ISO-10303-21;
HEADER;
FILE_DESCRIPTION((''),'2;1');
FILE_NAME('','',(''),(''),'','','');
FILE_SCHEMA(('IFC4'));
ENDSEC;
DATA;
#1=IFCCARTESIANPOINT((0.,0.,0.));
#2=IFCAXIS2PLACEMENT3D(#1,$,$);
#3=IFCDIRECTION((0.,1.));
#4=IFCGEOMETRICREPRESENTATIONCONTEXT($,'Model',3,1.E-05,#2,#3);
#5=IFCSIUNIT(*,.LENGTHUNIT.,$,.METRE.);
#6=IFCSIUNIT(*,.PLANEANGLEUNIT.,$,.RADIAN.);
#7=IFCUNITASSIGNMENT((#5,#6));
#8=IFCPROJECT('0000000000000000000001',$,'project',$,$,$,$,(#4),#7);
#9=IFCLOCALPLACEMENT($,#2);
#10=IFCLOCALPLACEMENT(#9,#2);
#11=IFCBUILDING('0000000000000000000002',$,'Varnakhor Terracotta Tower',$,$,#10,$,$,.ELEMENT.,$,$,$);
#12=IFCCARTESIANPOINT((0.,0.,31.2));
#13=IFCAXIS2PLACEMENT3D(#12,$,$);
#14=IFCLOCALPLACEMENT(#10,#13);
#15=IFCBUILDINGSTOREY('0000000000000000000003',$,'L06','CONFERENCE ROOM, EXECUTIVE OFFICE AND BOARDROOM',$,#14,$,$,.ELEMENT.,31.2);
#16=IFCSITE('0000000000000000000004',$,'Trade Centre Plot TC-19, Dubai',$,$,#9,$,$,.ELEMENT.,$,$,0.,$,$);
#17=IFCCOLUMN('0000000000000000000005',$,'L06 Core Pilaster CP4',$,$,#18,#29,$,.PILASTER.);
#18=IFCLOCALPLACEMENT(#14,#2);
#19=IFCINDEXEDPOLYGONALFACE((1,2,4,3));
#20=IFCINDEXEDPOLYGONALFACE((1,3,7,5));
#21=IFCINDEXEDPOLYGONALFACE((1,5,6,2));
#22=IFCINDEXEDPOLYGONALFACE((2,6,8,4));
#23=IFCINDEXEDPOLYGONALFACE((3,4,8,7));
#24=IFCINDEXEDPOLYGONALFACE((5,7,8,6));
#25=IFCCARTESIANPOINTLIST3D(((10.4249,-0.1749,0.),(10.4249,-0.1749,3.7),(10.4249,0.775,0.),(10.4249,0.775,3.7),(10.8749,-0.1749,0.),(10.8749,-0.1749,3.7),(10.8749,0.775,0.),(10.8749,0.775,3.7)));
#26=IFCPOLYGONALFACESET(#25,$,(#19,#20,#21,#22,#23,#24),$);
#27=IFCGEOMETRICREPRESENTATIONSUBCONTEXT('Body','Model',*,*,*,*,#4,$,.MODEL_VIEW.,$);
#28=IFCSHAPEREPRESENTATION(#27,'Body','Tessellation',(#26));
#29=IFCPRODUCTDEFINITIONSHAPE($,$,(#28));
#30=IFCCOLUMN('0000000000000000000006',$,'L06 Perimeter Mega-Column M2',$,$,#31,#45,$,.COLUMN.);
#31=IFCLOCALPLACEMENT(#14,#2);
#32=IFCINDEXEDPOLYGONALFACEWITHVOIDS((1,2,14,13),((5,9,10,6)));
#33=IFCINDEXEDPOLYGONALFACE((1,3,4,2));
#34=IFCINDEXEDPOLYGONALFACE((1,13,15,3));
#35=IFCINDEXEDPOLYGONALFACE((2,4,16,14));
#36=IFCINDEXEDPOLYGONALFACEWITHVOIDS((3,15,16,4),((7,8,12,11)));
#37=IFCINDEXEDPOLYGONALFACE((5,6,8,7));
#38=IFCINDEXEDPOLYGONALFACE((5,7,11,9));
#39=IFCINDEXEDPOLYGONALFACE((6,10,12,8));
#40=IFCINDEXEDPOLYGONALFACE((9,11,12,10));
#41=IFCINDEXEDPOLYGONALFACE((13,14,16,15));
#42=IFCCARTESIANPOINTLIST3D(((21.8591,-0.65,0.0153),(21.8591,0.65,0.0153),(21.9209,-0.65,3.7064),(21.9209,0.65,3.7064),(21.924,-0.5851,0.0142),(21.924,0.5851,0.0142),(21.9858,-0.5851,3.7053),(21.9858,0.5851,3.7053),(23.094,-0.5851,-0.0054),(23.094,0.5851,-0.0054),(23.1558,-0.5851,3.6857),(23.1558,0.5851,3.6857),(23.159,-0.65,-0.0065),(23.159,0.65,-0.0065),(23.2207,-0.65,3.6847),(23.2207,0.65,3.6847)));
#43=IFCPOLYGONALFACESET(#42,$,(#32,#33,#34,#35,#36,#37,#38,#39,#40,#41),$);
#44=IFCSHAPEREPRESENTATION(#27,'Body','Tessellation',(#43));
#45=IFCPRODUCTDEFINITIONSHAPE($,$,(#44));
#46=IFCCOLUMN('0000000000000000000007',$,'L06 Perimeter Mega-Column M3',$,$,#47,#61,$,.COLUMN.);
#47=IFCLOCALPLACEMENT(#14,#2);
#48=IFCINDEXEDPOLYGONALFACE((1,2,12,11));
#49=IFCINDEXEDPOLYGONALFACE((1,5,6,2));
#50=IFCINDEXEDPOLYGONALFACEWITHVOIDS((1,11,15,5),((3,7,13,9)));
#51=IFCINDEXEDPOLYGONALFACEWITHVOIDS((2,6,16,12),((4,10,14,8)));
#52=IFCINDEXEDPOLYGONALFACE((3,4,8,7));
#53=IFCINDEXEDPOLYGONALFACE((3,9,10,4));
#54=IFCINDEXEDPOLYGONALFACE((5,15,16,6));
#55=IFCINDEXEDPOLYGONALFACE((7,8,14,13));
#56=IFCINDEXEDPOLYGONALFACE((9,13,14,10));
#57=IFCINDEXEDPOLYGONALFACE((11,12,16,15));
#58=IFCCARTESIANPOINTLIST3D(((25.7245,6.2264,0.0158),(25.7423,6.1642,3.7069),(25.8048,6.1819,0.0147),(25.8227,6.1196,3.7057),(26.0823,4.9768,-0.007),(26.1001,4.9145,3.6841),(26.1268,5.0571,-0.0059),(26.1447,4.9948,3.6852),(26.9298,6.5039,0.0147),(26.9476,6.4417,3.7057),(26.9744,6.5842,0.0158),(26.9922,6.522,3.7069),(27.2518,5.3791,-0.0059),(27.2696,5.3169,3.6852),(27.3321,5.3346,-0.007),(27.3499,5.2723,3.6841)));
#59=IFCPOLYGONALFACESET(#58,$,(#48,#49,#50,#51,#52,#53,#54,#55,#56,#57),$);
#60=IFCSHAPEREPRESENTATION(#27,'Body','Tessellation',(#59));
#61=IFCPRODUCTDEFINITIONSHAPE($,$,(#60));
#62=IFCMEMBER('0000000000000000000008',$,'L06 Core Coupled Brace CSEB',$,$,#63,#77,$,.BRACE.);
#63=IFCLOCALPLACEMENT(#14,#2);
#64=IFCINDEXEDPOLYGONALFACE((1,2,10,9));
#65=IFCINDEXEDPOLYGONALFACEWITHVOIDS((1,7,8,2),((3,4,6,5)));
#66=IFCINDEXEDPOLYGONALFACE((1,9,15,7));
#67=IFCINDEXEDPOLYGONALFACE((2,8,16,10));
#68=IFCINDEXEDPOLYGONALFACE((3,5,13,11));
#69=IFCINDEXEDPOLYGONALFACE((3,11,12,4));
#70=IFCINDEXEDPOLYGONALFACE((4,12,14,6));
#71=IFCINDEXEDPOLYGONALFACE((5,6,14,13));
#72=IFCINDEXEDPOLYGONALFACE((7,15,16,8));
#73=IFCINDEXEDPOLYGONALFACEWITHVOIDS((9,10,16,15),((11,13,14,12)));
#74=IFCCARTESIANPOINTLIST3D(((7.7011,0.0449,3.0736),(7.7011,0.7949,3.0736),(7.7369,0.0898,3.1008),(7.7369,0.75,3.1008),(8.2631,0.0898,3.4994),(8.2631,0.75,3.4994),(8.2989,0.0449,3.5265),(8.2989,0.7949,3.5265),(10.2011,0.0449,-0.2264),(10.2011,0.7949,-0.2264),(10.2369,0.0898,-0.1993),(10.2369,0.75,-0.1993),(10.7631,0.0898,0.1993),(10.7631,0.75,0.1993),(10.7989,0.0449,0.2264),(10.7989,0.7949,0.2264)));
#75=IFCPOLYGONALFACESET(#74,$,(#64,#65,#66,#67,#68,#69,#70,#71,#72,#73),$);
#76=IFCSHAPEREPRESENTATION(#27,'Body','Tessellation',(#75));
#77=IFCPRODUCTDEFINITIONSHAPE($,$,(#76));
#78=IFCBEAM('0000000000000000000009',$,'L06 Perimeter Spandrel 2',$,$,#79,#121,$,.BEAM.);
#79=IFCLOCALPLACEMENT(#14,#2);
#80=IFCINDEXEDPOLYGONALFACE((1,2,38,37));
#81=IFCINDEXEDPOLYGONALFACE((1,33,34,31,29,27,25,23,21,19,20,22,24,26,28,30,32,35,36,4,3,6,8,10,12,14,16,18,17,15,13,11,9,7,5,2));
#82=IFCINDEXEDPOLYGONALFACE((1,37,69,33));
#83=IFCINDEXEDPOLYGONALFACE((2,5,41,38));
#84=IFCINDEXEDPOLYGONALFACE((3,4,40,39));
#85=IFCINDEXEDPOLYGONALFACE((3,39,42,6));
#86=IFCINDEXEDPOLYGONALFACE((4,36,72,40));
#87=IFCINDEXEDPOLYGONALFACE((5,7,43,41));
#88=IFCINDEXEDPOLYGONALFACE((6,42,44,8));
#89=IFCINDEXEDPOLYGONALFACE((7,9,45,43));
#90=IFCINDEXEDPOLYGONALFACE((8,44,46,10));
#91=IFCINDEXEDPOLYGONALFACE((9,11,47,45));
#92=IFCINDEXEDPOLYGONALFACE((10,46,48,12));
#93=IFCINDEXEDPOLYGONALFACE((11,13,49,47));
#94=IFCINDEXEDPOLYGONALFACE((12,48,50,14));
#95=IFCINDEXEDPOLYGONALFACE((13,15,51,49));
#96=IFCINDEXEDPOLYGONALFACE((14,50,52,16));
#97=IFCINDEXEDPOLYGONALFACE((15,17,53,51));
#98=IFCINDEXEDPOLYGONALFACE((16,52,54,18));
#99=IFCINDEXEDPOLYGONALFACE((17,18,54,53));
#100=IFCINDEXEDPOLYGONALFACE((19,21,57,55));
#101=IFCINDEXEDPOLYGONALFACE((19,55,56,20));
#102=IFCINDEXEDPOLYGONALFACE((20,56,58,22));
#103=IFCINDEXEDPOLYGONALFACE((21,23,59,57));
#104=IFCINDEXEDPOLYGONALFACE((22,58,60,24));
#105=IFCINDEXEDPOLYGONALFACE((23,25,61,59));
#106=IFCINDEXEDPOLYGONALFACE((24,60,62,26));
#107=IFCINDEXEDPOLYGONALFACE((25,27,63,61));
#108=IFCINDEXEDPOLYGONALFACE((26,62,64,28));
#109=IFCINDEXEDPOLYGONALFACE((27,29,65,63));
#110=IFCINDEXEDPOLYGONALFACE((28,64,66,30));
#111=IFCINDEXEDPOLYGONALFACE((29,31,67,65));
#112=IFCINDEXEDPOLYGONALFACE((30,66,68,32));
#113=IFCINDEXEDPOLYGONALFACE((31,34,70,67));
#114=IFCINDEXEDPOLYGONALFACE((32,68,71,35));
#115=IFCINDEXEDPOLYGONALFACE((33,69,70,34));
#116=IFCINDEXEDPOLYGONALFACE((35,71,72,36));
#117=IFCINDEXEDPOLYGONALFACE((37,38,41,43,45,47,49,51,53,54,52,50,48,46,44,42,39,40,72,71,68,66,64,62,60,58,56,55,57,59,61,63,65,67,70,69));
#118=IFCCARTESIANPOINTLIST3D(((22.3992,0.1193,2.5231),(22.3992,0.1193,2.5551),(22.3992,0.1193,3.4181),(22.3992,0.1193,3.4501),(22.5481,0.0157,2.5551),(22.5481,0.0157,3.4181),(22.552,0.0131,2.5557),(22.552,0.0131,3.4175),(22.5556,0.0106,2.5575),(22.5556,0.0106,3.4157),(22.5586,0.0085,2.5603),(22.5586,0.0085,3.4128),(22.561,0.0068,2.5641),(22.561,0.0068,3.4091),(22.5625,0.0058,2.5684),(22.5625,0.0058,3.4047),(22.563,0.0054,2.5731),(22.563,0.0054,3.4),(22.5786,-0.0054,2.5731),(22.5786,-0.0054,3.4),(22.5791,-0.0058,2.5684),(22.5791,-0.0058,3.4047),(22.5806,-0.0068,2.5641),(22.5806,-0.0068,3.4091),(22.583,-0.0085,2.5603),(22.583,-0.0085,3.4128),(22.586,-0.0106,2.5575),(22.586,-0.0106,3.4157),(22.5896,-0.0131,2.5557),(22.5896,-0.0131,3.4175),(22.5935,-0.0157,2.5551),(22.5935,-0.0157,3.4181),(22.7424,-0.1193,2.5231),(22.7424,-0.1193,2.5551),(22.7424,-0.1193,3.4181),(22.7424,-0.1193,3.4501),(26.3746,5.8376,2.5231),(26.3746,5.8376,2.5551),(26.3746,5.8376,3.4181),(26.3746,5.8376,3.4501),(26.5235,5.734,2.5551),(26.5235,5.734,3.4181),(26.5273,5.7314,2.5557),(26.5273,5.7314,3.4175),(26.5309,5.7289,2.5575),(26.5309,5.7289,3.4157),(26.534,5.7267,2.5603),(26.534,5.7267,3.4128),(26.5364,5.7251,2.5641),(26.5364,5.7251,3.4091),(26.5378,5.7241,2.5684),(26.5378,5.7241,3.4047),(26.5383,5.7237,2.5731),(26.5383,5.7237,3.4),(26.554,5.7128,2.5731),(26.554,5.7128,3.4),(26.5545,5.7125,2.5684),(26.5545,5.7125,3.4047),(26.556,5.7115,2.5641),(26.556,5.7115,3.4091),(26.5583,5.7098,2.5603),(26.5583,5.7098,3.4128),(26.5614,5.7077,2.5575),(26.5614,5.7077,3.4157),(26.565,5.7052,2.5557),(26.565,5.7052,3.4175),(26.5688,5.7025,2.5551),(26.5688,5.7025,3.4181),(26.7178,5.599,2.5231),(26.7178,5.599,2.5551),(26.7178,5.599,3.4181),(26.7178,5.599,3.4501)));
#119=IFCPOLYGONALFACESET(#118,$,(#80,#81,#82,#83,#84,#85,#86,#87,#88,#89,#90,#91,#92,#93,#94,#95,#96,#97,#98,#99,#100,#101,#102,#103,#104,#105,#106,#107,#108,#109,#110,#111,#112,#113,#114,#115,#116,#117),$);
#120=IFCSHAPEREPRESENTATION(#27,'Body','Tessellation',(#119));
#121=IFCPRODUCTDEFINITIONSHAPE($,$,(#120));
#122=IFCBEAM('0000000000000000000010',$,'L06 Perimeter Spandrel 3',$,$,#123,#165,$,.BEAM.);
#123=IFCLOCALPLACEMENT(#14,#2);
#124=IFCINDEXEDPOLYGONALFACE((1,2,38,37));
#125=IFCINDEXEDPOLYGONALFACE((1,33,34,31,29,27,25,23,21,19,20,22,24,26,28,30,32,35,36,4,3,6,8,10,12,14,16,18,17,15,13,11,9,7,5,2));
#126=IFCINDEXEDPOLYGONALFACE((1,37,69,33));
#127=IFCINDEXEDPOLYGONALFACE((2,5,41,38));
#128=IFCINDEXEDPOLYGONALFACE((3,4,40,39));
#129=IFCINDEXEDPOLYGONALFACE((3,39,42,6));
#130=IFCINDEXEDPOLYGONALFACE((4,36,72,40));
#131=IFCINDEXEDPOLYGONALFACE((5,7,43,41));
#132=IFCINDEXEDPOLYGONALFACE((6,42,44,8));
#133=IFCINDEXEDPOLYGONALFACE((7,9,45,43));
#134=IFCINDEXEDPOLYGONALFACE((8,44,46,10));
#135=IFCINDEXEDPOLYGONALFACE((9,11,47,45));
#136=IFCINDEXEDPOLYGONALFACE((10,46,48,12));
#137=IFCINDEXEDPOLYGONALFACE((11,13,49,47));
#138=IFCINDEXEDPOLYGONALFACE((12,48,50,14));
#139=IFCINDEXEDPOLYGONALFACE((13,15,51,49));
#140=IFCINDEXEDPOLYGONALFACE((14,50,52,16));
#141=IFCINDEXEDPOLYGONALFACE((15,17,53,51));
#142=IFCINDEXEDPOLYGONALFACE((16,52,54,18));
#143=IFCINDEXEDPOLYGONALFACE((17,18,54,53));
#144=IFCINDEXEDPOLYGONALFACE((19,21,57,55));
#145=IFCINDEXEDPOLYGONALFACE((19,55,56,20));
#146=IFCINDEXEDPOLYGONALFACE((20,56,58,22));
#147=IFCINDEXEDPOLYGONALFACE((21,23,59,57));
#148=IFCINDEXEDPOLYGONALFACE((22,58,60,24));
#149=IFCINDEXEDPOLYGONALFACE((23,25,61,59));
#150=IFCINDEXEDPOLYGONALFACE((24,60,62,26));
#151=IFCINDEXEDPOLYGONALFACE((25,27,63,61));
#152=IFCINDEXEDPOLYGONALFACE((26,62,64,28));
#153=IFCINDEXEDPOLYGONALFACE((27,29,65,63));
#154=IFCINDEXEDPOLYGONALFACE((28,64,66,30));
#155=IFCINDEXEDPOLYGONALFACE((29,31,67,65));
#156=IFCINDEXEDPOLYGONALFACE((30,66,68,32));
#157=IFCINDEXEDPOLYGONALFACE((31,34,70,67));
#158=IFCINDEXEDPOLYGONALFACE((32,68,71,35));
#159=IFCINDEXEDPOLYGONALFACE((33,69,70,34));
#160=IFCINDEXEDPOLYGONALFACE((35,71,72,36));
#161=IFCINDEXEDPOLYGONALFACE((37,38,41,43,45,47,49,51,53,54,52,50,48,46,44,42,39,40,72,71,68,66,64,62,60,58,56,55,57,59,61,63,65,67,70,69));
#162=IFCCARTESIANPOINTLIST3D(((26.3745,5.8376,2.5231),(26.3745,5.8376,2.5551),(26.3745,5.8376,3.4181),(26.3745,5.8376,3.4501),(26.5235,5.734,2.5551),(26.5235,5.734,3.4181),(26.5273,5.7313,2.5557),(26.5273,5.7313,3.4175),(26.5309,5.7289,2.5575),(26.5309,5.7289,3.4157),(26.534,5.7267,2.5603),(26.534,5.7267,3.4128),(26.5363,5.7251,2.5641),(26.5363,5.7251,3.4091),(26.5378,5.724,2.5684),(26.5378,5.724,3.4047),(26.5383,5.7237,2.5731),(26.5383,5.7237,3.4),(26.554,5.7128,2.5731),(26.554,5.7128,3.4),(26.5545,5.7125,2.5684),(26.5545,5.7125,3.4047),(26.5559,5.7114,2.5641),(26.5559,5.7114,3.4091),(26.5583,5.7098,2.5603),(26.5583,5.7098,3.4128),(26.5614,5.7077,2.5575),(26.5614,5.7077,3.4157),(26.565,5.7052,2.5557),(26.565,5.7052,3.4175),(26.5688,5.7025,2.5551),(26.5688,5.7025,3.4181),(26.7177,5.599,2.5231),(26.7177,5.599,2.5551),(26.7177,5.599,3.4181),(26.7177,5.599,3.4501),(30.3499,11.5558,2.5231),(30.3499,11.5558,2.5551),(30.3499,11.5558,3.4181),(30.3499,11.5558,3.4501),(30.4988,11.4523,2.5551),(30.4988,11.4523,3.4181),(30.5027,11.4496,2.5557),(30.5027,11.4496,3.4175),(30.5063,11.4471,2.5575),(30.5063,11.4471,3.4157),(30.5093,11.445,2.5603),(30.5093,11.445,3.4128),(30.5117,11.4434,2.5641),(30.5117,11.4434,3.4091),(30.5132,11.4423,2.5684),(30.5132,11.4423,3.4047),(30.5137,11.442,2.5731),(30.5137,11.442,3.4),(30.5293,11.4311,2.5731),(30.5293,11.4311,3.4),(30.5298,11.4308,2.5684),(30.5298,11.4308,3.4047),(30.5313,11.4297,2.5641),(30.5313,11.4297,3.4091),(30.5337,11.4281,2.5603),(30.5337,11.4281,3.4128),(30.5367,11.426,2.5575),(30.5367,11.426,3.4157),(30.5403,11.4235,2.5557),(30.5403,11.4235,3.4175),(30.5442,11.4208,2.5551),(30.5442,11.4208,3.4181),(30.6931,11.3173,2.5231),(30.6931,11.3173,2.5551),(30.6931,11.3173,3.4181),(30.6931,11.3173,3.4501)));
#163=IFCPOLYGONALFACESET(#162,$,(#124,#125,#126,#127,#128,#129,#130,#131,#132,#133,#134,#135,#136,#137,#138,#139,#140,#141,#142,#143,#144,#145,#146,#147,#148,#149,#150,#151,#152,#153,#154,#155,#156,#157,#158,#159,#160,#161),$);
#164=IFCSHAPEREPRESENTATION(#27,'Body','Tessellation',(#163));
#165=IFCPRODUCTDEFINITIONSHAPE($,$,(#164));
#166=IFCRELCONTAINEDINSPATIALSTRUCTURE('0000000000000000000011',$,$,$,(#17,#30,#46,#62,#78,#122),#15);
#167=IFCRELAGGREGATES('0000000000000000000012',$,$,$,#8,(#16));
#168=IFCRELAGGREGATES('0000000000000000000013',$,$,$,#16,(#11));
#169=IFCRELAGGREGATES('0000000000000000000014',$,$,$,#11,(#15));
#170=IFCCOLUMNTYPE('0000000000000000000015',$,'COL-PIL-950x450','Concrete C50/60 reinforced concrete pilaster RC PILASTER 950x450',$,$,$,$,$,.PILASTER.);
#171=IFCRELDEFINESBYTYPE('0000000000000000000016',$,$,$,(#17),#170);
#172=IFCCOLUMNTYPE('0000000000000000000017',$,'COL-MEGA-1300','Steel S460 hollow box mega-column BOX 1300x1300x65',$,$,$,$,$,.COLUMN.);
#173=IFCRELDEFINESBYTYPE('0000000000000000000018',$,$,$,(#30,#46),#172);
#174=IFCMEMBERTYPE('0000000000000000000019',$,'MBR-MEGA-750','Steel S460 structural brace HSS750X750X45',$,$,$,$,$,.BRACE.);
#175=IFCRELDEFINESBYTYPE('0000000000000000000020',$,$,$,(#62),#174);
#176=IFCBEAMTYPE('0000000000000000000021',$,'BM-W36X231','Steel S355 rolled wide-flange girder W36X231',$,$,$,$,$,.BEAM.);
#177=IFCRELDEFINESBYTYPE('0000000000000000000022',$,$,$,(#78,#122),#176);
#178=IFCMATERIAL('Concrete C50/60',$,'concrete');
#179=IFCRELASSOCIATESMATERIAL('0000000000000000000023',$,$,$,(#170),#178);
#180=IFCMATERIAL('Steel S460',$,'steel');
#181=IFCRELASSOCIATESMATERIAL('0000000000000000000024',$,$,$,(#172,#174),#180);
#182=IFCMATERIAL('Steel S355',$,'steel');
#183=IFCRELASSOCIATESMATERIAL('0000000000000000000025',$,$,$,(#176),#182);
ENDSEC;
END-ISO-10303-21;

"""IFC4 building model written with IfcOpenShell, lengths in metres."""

from ifc_helpers import new_model, si_unit, direction, frame, origin, origin_2d, place, context, subcontext, project, spatial, rectangle, hollow_rectangle, i_section, extrude, source, transform, mapped, material, material_profile, profile_set, type_object, type_shapes, element, save


model = new_model("IFC4")

# Units and contexts
model_context = context("Model", 3, precision=1e-05, world=origin(), true_north=direction((0.0, 1.0)))
body_context = subcontext(model_context, "Body", "Model", "MODEL_VIEW")
ifc_project = project(units=[si_unit("LENGTHUNIT", "METRE"), si_unit("PLANEANGLEUNIT", "RADIAN")], contexts=[model_context])

# Site, building, storey
site_placement = place(None, origin())
site = spatial("IfcSite", under=ifc_project, at=site_placement, Name="Trade Centre Plot TC-19, Dubai", CompositionType="ELEMENT", RefElevation=0.0)
building_placement = place(site_placement, origin())
building = spatial("IfcBuilding", under=site, at=building_placement, Name="Varnakhor Terracotta Tower", CompositionType="ELEMENT")
storey_placement = place(building_placement, frame((0.0, 0.0, 31.2)))
storey = spatial("IfcBuildingStorey", under=building, at=storey_placement, Name="L06", Description="CONFERENCE ROOM, EXECUTIVE OFFICE AND BOARDROOM", CompositionType="ELEMENT", Elevation=31.2)

# Columns
ifc_material_1 = material(Name="Concrete C50/60", Category="concrete")
ifc_material_profile_1 = material_profile(ifc_material_1, rectangle(XDim=0.45, YDim=0.95, at=origin_2d()), Name="RC PILASTER 950x450")
ifc_profile_set_1 = profile_set([ifc_material_profile_1], Name="Concrete C50/60")
column_type_1 = type_object("IfcColumnType", Name="COL-PIL-950x450", Description="Concrete C50/60 reinforced concrete pilaster RC PILASTER 950x450", PredefinedType="PILASTER", material=ifc_profile_set_1)
shared_shape_1 = source(origin(), body_context, "Body", "SweptSolid", [
    extrude(rectangle(XDim=0.45, YDim=0.95, at=origin_2d()), origin(), (0.0, 0.0, 1.0), 3.7),
])
column_placement = place(storey_placement, frame((10.6499, 0.3, 0.0), z_axis=(0.0, 0.0, 1.0), x_axis=(1.0, 0.0, 0.0)))
element("IfcColumn", 1, at=column_placement, inside=storey, type_object=column_type_1, Name="L06 Core Pilaster CP4", PredefinedType="PILASTER", context=body_context, shape_type="MappedRepresentation", body=[
    mapped(shared_shape_1, transform((0.0, 0.0, 0.0), scale=1.0)),
])
ifc_material_2 = material(Name="Steel S460", Category="steel")
ifc_material_profile_2 = material_profile(ifc_material_2, hollow_rectangle(XDim=1.3, YDim=1.3, WallThickness=0.0649, at=origin_2d()), Name="BOX 1300x1300x65")
ifc_profile_set_2 = profile_set([ifc_material_profile_2], Name="Steel S460")
column_type_2 = type_object("IfcColumnType", Name="COL-MEGA-1300", Description="Steel S460 hollow box mega-column BOX 1300x1300x65", PredefinedType="COLUMN", material=ifc_profile_set_2)
shared_shape_2 = source(origin(), body_context, "Body", "SweptSolid", [
    extrude(hollow_rectangle(XDim=1.3, YDim=1.3, WallThickness=0.0649, at=origin_2d()), origin(), (0.0, 0.0, 1.0), 3.6917),
])
for number, where, z_axis, x_axis, name in (
    (2, (22.509, 0.0, 0.0044), (0.016732, 0.0, 0.99986), (0.0, 1.0, 0.0), "L06 Perimeter Mega-Column M2"),
    (3, (26.5283, 5.7805, 0.0044), (0.004828, -0.016864, 0.999846), (0.961382, 0.275219, 0.0), "L06 Perimeter Mega-Column M3"),
):
    element("IfcColumn", number, at=place(storey_placement, frame(where, z_axis=z_axis, x_axis=x_axis)), inside=storey, type_object=column_type_2, Name=name, PredefinedType="COLUMN", context=body_context, shape_type="MappedRepresentation", body=[
        mapped(shared_shape_2, transform((0.0, 0.0, 0.0), scale=1.0)),
    ])

# Member
ifc_material_profile_3 = material_profile(ifc_material_2, hollow_rectangle(XDim=0.75, YDim=0.75, WallThickness=0.0449, at=origin_2d()), Name="HSS750X750X45")
ifc_profile_set_3 = profile_set([ifc_material_profile_3], Name="Steel S460")
member_type_1 = type_object("IfcMemberType", Name="MBR-MEGA-750", Description="Steel S460 structural brace HSS750X750X45", PredefinedType="BRACE", material=ifc_profile_set_3)
shared_shape_3 = source(origin(), body_context, "Body", "SweptSolid", [
    extrude(hollow_rectangle(XDim=0.75, YDim=0.75, WallThickness=0.0449, at=origin_2d()), origin(), (0.0, 0.0, 1.0), 4.1401),
])
type_shapes(member_type_1, [shared_shape_3])
member_1_placement = place(storey_placement, frame((10.5, 0.4199, 0.0), z_axis=(-0.603852, 0.0, 0.797096), x_axis=(0.0, -1.0, 0.0)))
element("IfcMember", 4, at=member_1_placement, inside=storey, type_object=member_type_1, Name="L06 Core Coupled Brace CSEB", PredefinedType="BRACE", context=body_context, shape_type="MappedRepresentation", body=[
    mapped(shared_shape_3, transform((0.0, 0.0, 0.0), scale=1.0)),
])

# Beams
ifc_material_3 = material(Name="Steel S355", Category="steel")
ifc_material_profile_4 = material_profile(ifc_material_3, i_section(OverallWidth=0.418, OverallDepth=0.927, WebThickness=0.019, FlangeThickness=0.032, FilletRadius=0.0181, at=origin_2d()), Name="W36X231")
ifc_profile_set_4 = profile_set([ifc_material_profile_4], Name="Steel S355")
beam_type_1 = type_object("IfcBeamType", Name="BM-W36X231", Description="Steel S355 rolled wide-flange girder W36X231", PredefinedType="BEAM", material=ifc_profile_set_4)
shared_shape_4 = source(origin(), body_context, "Body", "SweptSolid", [
    extrude(i_section(OverallWidth=0.418, OverallDepth=0.927, WebThickness=0.019, FlangeThickness=0.032, FilletRadius=0.0181, at=origin_2d()), origin(), (0.0, 0.0, 1.0), 6.9644),
])
for number, where, z_axis, x_axis, name in (
    (5, (22.5708, 0.0, 2.9866), (0.570815, 0.821079, 0.0), (-0.821079, 0.570815, 0.0), "L06 Perimeter Spandrel 2"),
    (6, (26.5461, 5.7183, 2.9866), (0.570815, 0.821079, 0.0), (-0.821079, 0.570815, 0.0), "L06 Perimeter Spandrel 3"),
):
    element("IfcBeam", number, at=place(storey_placement, frame(where, z_axis=z_axis, x_axis=x_axis)), inside=storey, type_object=beam_type_1, Name=name, PredefinedType="BEAM", context=body_context, shape_type="MappedRepresentation", body=[
        mapped(shared_shape_4, transform((0.0, 0.0, 0.0), scale=1.0)),
    ])

save(model, "model.ifc")
